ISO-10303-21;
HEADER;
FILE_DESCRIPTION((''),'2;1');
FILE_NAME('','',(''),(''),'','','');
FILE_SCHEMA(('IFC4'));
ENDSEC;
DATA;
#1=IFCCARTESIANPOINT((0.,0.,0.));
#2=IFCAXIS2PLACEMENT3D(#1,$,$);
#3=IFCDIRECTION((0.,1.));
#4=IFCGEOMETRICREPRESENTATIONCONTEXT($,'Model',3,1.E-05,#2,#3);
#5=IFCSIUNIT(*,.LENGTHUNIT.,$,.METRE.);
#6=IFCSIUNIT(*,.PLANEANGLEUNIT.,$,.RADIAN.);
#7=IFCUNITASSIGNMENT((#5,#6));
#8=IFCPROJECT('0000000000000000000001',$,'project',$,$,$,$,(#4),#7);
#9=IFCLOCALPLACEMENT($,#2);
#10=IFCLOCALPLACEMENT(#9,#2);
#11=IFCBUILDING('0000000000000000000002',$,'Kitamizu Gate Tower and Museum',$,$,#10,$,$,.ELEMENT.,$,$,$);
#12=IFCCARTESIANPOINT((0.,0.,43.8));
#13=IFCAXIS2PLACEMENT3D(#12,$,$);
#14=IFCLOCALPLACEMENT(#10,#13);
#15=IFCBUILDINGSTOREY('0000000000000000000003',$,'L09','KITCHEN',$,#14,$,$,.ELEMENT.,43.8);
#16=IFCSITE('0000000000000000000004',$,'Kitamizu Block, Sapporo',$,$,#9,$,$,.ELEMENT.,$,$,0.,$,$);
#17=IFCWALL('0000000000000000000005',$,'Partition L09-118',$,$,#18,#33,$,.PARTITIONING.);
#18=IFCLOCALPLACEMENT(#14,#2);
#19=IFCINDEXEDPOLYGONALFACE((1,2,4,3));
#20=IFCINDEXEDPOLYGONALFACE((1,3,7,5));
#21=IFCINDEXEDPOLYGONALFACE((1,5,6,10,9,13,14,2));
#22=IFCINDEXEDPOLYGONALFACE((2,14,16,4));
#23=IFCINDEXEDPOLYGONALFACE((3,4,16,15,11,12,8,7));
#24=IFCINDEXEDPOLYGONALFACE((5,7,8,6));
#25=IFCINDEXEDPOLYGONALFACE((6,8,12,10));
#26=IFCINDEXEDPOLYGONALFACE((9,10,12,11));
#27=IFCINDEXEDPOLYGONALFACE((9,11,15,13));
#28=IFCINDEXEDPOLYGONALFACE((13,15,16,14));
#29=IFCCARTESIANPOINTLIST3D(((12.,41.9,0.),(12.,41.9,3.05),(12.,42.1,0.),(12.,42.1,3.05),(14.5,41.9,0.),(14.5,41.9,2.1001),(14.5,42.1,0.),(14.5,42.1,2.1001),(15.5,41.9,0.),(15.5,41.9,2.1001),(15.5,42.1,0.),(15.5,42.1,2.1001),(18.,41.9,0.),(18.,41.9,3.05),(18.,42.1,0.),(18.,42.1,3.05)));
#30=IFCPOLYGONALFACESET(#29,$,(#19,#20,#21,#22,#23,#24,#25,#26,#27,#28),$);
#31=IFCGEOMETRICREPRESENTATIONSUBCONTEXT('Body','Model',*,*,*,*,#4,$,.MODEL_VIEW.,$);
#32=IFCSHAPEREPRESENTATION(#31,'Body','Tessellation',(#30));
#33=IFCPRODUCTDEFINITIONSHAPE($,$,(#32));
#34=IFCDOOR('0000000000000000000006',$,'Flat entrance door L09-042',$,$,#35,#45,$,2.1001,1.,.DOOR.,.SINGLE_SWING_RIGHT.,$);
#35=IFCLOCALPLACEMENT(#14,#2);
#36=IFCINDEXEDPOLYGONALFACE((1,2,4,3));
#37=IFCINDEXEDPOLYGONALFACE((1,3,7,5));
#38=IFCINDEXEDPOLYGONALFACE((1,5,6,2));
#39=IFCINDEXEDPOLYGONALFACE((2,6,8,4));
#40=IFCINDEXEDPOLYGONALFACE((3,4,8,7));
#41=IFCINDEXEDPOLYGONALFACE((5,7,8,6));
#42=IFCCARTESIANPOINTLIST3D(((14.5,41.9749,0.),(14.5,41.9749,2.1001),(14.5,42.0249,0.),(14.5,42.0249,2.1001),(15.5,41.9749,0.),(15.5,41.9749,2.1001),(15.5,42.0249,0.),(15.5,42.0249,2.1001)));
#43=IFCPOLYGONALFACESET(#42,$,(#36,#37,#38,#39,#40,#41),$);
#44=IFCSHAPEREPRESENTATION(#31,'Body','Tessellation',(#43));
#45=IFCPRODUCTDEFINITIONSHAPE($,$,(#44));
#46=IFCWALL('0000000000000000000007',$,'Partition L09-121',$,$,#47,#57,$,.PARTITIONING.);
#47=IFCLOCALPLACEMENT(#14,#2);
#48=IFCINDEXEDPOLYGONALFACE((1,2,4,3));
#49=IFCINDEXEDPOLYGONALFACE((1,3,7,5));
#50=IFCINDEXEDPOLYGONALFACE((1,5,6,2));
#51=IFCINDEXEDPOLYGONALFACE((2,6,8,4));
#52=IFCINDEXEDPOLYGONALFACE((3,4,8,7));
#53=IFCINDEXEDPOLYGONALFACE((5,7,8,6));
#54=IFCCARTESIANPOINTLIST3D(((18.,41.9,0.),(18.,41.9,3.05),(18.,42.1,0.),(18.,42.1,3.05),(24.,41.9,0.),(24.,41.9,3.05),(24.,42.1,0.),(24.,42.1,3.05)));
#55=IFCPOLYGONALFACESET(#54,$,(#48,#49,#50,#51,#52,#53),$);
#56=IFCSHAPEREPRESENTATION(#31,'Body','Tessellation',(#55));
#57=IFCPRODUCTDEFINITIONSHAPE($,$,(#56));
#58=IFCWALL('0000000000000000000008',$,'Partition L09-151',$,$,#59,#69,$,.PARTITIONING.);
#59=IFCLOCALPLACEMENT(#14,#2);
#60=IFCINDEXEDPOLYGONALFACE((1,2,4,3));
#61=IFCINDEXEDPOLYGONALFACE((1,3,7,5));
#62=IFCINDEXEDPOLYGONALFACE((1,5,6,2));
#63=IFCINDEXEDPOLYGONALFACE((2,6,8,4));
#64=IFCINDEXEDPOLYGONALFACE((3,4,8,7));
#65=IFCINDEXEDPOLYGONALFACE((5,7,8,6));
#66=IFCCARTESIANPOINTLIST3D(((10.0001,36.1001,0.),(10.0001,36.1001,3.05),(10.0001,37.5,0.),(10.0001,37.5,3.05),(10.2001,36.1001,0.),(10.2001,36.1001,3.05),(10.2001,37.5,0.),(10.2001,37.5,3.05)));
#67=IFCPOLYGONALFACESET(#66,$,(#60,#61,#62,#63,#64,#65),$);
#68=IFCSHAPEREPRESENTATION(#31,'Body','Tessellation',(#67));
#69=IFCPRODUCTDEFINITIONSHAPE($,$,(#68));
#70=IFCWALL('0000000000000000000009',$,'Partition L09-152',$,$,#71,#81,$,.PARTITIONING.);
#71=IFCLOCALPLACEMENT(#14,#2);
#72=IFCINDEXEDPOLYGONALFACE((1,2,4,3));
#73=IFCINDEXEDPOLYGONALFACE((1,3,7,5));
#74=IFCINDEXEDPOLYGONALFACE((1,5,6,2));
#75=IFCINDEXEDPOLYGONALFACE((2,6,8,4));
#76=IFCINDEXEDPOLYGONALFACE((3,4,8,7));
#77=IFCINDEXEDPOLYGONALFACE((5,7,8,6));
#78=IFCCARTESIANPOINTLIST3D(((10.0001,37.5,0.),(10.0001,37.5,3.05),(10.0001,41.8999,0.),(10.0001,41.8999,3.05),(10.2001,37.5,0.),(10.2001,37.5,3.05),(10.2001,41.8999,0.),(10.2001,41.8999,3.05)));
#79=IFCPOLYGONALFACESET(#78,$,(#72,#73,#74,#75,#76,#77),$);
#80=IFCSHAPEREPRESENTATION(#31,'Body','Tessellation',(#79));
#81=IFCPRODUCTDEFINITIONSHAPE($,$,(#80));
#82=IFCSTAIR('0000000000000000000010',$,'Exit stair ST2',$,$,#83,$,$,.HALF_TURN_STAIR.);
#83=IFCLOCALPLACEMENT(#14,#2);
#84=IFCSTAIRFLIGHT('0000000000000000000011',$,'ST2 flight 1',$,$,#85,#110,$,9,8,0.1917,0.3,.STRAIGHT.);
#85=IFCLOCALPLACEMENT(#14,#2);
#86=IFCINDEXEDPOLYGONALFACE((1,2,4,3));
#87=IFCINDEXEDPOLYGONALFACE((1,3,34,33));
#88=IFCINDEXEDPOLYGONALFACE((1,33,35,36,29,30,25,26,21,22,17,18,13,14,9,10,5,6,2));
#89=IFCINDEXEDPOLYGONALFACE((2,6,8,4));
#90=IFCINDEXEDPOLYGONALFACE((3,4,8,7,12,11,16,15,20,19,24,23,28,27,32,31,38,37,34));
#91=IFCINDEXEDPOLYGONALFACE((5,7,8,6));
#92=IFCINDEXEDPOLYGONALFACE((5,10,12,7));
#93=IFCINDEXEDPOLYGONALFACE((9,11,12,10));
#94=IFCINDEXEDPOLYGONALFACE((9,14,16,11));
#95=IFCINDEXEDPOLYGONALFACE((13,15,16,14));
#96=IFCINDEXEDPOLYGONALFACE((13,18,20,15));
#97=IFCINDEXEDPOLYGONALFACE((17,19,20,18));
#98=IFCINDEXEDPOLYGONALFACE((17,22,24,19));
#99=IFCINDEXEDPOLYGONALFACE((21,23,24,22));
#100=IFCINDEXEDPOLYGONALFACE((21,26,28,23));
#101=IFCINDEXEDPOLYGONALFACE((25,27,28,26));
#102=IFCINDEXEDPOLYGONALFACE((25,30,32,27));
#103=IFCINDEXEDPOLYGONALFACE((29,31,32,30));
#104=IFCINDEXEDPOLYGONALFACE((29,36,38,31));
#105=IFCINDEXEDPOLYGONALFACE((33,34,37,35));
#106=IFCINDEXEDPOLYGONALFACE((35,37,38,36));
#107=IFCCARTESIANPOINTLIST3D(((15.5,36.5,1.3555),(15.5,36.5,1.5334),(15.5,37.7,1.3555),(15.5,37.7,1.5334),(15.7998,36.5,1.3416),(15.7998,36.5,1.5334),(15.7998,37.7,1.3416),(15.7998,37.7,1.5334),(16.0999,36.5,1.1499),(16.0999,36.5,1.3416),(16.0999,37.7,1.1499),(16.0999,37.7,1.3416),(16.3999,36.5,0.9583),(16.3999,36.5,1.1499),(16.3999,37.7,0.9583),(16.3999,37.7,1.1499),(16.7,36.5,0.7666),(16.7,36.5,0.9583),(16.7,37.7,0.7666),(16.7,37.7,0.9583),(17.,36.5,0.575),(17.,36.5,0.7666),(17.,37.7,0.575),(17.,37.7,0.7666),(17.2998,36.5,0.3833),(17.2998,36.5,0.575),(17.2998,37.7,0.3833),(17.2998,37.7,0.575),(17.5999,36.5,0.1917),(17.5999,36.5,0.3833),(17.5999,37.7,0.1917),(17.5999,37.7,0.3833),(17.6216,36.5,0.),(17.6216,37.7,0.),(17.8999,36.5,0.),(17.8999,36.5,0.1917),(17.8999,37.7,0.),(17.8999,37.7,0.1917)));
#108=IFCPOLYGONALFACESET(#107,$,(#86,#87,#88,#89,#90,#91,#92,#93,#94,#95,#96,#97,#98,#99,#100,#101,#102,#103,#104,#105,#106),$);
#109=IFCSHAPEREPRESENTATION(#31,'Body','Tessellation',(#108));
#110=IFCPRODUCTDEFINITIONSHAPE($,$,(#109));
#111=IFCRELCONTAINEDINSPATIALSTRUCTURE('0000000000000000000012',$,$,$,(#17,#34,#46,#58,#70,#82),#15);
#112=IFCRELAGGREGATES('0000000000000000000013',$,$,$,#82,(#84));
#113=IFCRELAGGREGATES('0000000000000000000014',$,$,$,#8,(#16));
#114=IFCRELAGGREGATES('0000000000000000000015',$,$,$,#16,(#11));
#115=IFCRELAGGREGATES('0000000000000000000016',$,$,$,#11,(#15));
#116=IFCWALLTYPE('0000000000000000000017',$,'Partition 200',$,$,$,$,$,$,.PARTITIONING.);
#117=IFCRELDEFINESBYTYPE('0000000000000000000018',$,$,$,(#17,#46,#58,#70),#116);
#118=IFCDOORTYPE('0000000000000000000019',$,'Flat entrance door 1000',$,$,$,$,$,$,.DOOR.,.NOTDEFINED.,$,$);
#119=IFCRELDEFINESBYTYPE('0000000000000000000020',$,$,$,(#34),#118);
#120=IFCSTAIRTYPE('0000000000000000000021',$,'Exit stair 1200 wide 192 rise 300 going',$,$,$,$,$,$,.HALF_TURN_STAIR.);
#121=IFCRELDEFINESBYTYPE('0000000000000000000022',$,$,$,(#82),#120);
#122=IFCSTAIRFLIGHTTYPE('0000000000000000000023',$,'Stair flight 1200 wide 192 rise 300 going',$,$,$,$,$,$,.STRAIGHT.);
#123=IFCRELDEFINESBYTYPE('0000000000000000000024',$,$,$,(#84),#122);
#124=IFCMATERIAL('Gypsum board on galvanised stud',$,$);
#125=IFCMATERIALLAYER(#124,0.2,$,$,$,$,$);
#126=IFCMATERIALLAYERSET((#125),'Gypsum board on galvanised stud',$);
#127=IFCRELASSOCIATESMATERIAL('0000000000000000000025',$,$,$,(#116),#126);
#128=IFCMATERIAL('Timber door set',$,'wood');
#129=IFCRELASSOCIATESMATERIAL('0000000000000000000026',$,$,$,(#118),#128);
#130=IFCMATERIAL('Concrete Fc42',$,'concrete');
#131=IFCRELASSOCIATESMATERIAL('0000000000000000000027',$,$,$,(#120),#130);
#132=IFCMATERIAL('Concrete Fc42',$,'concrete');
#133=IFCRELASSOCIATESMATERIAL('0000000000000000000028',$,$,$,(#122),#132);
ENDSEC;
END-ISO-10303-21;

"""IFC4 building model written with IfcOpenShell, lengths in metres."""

from ifc_helpers import new_model, si_unit, direction, frame, frame_2d, origin, place, context, subcontext, project, spatial, polyline, rectangle, outline, extrude, material, layer, layer_set, type_object, element, fill, aggregate, save


model = new_model("IFC4")

# Units and contexts
model_context = context("Model", 3, precision=1e-05, world=origin(), true_north=direction((0.0, 1.0)))
body_context = subcontext(model_context, "Body", "Model", "MODEL_VIEW")
ifc_project = project(units=[si_unit("LENGTHUNIT", "METRE"), si_unit("PLANEANGLEUNIT", "RADIAN")], contexts=[model_context])

# Site, building, storey
site_placement = place(None, origin())
site = spatial("IfcSite", under=ifc_project, at=site_placement, Name="Kitamizu Block, Sapporo", CompositionType="ELEMENT", RefElevation=0.0)
building_placement = place(site_placement, origin())
building = spatial("IfcBuilding", under=site, at=building_placement, Name="Kitamizu Gate Tower and Museum", CompositionType="ELEMENT")
storey_placement = place(building_placement, frame((0.0, 0.0, 43.8)))
storey = spatial("IfcBuildingStorey", under=building, at=storey_placement, Name="L09", Description="KITCHEN", CompositionType="ELEMENT", Elevation=43.8)

# Shared definitions
ifc_material_1 = material(Name="Gypsum board on galvanised stud")
ifc_layer_1 = layer(ifc_material_1, 0.2)
ifc_layer_set_1 = layer_set([ifc_layer_1], Name="Gypsum board on galvanised stud")
wall_type_1 = type_object("IfcWallType", Name="Partition 200", PredefinedType="PARTITIONING", material=ifc_layer_set_1)

# Wall, opening, door
wall_1_placement = place(storey_placement, frame((12.0, 42.0, 0.0), z_axis=(0.0, 0.0, 1.0), x_axis=(1.0, 0.0, 0.0)))
wall_1 = element("IfcWall", 1, at=wall_1_placement, inside=storey, type_object=wall_type_1, Name="Partition L09-118", PredefinedType="PARTITIONING", context=body_context, shape_type="SweptSolid", body=[
    extrude(rectangle(XDim=6.0, YDim=0.2, at=frame_2d((3.0, 0.0))), origin(), (0.0, 0.0, 1.0), 3.05),
])
opening_1_placement = place(wall_1_placement, frame((2.5, 0.0, 0.0)))
opening_1 = element("IfcOpeningElement", 2, at=opening_1_placement, cuts=wall_1, PredefinedType="OPENING", context=body_context, shape_type="SweptSolid", body=[
    extrude(rectangle(XDim=1.0, YDim=2.1001, at=frame_2d((0.5, 1.05))), frame((0.0, 0.1099, 0.0), z_axis=(0.0, -1.0, 0.0), x_axis=(1.0, 0.0, 0.0)), (0.0, 0.0, 1.0), 0.22),
])
ifc_material_2 = material(Name="Timber door set", Category="wood")
door_type_1 = type_object("IfcDoorType", Name="Flat entrance door 1000", OperationType="NOTDEFINED", PredefinedType="DOOR", material=ifc_material_2)
door_1_placement = place(opening_1_placement, origin())
door_1 = element("IfcDoor", 3, at=door_1_placement, inside=storey, type_object=door_type_1, Name="Flat entrance door L09-042", OperationType="SINGLE_SWING_RIGHT", OverallHeight=2.1001, OverallWidth=1.0, PredefinedType="DOOR", context=body_context, shape_type="SweptSolid", body=[
    extrude(rectangle(XDim=1.0, YDim=2.1001, at=frame_2d((0.5, 1.05))), frame((0.0, 0.0249, 0.0), z_axis=(0.0, -1.0, 0.0), x_axis=(1.0, 0.0, 0.0)), (0.0, 0.0, 1.0), 0.05),
])
fill(opening_1, door_1)

# Walls
wall_2_placement = place(storey_placement, frame((18.0, 42.0, 0.0), z_axis=(0.0, 0.0, 1.0), x_axis=(1.0, 0.0, 0.0)))
element("IfcWall", 4, at=wall_2_placement, inside=storey, type_object=wall_type_1, Name="Partition L09-121", PredefinedType="PARTITIONING", context=body_context, shape_type="SweptSolid", body=[
    extrude(rectangle(XDim=6.0, YDim=0.2, at=frame_2d((3.0, 0.0))), origin(), (0.0, 0.0, 1.0), 3.05),
])
wall_3_placement = place(storey_placement, frame((10.1001, 36.1001, 0.0), z_axis=(0.0, 0.0, 1.0), x_axis=(0.0, 1.0, 0.0)))
element("IfcWall", 5, at=wall_3_placement, inside=storey, type_object=wall_type_1, Name="Partition L09-151", PredefinedType="PARTITIONING", context=body_context, shape_type="SweptSolid", body=[
    extrude(rectangle(XDim=1.3999, YDim=0.2, at=frame_2d((0.7, 0.0))), origin(), (0.0, 0.0, 1.0), 3.05),
])
wall_4_placement = place(storey_placement, frame((10.1001, 37.5, 0.0), z_axis=(0.0, 0.0, 1.0), x_axis=(0.0, 1.0, 0.0)))
element("IfcWall", 6, at=wall_4_placement, inside=storey, type_object=wall_type_1, Name="Partition L09-152", PredefinedType="PARTITIONING", context=body_context, shape_type="SweptSolid", body=[
    extrude(rectangle(XDim=4.3999, YDim=0.2, at=frame_2d((2.2, 0.0))), origin(), (0.0, 0.0, 1.0), 3.05),
])

# Stair, stair flight
ifc_material_3 = material(Name="Concrete Fc42", Category="concrete")
stair_type = type_object("IfcStairType", Name="Exit stair 1200 wide 192 rise 300 going", PredefinedType="HALF_TURN_STAIR", material=ifc_material_3)
stair_placement = place(storey_placement, origin())
stair = element("IfcStair", 7, at=stair_placement, inside=storey, type_object=stair_type, Name="Exit stair ST2", PredefinedType="HALF_TURN_STAIR")
ifc_material_4 = material(Name="Concrete Fc42", Category="concrete")
stair_flight_type = type_object("IfcStairFlightType", Name="Stair flight 1200 wide 192 rise 300 going", PredefinedType="STRAIGHT", material=ifc_material_4)
stair_flight_placement = place(storey_placement, frame((17.8999, 37.1001, 0.0), z_axis=(0.0, 0.0, 1.0), x_axis=(-1.0, 0.0, 0.0)))
stair_flight = element("IfcStairFlight", 8, at=stair_flight_placement, type_object=stair_flight_type, Name="ST2 flight 1", NumberOfRisers=9, NumberOfTreads=8, PredefinedType="STRAIGHT", RiserHeight=0.1917, TreadLength=0.3, context=body_context, shape_type="SweptSolid", body=[
    extrude(outline(polyline([(0.0, 0.0), (0.0, 0.1917), (0.3, 0.1917), (0.3, 0.3833), (0.6001, 0.3833), (0.6001, 0.575), (0.8999, 0.575), (0.8999, 0.7666), (1.2, 0.7666), (1.2, 0.9583), (1.5, 0.9583), (1.5, 1.1499), (1.8, 1.1499), (1.8, 1.3416), (2.1001, 1.3416), (2.1001, 1.5334), (2.3999, 1.5334), (2.3999, 1.7251), (2.3999, 1.3555), (0.2783, 0.0), (0.0, 0.0)])), frame((0.0, 0.6001, 0.0), z_axis=(0.0, -1.0, 0.0), x_axis=(1.0, 0.0, 0.0)), (0.0, 0.0, 1.0), 1.2),
])
aggregate(stair, [stair_flight])

save(model, "model.ifc")
